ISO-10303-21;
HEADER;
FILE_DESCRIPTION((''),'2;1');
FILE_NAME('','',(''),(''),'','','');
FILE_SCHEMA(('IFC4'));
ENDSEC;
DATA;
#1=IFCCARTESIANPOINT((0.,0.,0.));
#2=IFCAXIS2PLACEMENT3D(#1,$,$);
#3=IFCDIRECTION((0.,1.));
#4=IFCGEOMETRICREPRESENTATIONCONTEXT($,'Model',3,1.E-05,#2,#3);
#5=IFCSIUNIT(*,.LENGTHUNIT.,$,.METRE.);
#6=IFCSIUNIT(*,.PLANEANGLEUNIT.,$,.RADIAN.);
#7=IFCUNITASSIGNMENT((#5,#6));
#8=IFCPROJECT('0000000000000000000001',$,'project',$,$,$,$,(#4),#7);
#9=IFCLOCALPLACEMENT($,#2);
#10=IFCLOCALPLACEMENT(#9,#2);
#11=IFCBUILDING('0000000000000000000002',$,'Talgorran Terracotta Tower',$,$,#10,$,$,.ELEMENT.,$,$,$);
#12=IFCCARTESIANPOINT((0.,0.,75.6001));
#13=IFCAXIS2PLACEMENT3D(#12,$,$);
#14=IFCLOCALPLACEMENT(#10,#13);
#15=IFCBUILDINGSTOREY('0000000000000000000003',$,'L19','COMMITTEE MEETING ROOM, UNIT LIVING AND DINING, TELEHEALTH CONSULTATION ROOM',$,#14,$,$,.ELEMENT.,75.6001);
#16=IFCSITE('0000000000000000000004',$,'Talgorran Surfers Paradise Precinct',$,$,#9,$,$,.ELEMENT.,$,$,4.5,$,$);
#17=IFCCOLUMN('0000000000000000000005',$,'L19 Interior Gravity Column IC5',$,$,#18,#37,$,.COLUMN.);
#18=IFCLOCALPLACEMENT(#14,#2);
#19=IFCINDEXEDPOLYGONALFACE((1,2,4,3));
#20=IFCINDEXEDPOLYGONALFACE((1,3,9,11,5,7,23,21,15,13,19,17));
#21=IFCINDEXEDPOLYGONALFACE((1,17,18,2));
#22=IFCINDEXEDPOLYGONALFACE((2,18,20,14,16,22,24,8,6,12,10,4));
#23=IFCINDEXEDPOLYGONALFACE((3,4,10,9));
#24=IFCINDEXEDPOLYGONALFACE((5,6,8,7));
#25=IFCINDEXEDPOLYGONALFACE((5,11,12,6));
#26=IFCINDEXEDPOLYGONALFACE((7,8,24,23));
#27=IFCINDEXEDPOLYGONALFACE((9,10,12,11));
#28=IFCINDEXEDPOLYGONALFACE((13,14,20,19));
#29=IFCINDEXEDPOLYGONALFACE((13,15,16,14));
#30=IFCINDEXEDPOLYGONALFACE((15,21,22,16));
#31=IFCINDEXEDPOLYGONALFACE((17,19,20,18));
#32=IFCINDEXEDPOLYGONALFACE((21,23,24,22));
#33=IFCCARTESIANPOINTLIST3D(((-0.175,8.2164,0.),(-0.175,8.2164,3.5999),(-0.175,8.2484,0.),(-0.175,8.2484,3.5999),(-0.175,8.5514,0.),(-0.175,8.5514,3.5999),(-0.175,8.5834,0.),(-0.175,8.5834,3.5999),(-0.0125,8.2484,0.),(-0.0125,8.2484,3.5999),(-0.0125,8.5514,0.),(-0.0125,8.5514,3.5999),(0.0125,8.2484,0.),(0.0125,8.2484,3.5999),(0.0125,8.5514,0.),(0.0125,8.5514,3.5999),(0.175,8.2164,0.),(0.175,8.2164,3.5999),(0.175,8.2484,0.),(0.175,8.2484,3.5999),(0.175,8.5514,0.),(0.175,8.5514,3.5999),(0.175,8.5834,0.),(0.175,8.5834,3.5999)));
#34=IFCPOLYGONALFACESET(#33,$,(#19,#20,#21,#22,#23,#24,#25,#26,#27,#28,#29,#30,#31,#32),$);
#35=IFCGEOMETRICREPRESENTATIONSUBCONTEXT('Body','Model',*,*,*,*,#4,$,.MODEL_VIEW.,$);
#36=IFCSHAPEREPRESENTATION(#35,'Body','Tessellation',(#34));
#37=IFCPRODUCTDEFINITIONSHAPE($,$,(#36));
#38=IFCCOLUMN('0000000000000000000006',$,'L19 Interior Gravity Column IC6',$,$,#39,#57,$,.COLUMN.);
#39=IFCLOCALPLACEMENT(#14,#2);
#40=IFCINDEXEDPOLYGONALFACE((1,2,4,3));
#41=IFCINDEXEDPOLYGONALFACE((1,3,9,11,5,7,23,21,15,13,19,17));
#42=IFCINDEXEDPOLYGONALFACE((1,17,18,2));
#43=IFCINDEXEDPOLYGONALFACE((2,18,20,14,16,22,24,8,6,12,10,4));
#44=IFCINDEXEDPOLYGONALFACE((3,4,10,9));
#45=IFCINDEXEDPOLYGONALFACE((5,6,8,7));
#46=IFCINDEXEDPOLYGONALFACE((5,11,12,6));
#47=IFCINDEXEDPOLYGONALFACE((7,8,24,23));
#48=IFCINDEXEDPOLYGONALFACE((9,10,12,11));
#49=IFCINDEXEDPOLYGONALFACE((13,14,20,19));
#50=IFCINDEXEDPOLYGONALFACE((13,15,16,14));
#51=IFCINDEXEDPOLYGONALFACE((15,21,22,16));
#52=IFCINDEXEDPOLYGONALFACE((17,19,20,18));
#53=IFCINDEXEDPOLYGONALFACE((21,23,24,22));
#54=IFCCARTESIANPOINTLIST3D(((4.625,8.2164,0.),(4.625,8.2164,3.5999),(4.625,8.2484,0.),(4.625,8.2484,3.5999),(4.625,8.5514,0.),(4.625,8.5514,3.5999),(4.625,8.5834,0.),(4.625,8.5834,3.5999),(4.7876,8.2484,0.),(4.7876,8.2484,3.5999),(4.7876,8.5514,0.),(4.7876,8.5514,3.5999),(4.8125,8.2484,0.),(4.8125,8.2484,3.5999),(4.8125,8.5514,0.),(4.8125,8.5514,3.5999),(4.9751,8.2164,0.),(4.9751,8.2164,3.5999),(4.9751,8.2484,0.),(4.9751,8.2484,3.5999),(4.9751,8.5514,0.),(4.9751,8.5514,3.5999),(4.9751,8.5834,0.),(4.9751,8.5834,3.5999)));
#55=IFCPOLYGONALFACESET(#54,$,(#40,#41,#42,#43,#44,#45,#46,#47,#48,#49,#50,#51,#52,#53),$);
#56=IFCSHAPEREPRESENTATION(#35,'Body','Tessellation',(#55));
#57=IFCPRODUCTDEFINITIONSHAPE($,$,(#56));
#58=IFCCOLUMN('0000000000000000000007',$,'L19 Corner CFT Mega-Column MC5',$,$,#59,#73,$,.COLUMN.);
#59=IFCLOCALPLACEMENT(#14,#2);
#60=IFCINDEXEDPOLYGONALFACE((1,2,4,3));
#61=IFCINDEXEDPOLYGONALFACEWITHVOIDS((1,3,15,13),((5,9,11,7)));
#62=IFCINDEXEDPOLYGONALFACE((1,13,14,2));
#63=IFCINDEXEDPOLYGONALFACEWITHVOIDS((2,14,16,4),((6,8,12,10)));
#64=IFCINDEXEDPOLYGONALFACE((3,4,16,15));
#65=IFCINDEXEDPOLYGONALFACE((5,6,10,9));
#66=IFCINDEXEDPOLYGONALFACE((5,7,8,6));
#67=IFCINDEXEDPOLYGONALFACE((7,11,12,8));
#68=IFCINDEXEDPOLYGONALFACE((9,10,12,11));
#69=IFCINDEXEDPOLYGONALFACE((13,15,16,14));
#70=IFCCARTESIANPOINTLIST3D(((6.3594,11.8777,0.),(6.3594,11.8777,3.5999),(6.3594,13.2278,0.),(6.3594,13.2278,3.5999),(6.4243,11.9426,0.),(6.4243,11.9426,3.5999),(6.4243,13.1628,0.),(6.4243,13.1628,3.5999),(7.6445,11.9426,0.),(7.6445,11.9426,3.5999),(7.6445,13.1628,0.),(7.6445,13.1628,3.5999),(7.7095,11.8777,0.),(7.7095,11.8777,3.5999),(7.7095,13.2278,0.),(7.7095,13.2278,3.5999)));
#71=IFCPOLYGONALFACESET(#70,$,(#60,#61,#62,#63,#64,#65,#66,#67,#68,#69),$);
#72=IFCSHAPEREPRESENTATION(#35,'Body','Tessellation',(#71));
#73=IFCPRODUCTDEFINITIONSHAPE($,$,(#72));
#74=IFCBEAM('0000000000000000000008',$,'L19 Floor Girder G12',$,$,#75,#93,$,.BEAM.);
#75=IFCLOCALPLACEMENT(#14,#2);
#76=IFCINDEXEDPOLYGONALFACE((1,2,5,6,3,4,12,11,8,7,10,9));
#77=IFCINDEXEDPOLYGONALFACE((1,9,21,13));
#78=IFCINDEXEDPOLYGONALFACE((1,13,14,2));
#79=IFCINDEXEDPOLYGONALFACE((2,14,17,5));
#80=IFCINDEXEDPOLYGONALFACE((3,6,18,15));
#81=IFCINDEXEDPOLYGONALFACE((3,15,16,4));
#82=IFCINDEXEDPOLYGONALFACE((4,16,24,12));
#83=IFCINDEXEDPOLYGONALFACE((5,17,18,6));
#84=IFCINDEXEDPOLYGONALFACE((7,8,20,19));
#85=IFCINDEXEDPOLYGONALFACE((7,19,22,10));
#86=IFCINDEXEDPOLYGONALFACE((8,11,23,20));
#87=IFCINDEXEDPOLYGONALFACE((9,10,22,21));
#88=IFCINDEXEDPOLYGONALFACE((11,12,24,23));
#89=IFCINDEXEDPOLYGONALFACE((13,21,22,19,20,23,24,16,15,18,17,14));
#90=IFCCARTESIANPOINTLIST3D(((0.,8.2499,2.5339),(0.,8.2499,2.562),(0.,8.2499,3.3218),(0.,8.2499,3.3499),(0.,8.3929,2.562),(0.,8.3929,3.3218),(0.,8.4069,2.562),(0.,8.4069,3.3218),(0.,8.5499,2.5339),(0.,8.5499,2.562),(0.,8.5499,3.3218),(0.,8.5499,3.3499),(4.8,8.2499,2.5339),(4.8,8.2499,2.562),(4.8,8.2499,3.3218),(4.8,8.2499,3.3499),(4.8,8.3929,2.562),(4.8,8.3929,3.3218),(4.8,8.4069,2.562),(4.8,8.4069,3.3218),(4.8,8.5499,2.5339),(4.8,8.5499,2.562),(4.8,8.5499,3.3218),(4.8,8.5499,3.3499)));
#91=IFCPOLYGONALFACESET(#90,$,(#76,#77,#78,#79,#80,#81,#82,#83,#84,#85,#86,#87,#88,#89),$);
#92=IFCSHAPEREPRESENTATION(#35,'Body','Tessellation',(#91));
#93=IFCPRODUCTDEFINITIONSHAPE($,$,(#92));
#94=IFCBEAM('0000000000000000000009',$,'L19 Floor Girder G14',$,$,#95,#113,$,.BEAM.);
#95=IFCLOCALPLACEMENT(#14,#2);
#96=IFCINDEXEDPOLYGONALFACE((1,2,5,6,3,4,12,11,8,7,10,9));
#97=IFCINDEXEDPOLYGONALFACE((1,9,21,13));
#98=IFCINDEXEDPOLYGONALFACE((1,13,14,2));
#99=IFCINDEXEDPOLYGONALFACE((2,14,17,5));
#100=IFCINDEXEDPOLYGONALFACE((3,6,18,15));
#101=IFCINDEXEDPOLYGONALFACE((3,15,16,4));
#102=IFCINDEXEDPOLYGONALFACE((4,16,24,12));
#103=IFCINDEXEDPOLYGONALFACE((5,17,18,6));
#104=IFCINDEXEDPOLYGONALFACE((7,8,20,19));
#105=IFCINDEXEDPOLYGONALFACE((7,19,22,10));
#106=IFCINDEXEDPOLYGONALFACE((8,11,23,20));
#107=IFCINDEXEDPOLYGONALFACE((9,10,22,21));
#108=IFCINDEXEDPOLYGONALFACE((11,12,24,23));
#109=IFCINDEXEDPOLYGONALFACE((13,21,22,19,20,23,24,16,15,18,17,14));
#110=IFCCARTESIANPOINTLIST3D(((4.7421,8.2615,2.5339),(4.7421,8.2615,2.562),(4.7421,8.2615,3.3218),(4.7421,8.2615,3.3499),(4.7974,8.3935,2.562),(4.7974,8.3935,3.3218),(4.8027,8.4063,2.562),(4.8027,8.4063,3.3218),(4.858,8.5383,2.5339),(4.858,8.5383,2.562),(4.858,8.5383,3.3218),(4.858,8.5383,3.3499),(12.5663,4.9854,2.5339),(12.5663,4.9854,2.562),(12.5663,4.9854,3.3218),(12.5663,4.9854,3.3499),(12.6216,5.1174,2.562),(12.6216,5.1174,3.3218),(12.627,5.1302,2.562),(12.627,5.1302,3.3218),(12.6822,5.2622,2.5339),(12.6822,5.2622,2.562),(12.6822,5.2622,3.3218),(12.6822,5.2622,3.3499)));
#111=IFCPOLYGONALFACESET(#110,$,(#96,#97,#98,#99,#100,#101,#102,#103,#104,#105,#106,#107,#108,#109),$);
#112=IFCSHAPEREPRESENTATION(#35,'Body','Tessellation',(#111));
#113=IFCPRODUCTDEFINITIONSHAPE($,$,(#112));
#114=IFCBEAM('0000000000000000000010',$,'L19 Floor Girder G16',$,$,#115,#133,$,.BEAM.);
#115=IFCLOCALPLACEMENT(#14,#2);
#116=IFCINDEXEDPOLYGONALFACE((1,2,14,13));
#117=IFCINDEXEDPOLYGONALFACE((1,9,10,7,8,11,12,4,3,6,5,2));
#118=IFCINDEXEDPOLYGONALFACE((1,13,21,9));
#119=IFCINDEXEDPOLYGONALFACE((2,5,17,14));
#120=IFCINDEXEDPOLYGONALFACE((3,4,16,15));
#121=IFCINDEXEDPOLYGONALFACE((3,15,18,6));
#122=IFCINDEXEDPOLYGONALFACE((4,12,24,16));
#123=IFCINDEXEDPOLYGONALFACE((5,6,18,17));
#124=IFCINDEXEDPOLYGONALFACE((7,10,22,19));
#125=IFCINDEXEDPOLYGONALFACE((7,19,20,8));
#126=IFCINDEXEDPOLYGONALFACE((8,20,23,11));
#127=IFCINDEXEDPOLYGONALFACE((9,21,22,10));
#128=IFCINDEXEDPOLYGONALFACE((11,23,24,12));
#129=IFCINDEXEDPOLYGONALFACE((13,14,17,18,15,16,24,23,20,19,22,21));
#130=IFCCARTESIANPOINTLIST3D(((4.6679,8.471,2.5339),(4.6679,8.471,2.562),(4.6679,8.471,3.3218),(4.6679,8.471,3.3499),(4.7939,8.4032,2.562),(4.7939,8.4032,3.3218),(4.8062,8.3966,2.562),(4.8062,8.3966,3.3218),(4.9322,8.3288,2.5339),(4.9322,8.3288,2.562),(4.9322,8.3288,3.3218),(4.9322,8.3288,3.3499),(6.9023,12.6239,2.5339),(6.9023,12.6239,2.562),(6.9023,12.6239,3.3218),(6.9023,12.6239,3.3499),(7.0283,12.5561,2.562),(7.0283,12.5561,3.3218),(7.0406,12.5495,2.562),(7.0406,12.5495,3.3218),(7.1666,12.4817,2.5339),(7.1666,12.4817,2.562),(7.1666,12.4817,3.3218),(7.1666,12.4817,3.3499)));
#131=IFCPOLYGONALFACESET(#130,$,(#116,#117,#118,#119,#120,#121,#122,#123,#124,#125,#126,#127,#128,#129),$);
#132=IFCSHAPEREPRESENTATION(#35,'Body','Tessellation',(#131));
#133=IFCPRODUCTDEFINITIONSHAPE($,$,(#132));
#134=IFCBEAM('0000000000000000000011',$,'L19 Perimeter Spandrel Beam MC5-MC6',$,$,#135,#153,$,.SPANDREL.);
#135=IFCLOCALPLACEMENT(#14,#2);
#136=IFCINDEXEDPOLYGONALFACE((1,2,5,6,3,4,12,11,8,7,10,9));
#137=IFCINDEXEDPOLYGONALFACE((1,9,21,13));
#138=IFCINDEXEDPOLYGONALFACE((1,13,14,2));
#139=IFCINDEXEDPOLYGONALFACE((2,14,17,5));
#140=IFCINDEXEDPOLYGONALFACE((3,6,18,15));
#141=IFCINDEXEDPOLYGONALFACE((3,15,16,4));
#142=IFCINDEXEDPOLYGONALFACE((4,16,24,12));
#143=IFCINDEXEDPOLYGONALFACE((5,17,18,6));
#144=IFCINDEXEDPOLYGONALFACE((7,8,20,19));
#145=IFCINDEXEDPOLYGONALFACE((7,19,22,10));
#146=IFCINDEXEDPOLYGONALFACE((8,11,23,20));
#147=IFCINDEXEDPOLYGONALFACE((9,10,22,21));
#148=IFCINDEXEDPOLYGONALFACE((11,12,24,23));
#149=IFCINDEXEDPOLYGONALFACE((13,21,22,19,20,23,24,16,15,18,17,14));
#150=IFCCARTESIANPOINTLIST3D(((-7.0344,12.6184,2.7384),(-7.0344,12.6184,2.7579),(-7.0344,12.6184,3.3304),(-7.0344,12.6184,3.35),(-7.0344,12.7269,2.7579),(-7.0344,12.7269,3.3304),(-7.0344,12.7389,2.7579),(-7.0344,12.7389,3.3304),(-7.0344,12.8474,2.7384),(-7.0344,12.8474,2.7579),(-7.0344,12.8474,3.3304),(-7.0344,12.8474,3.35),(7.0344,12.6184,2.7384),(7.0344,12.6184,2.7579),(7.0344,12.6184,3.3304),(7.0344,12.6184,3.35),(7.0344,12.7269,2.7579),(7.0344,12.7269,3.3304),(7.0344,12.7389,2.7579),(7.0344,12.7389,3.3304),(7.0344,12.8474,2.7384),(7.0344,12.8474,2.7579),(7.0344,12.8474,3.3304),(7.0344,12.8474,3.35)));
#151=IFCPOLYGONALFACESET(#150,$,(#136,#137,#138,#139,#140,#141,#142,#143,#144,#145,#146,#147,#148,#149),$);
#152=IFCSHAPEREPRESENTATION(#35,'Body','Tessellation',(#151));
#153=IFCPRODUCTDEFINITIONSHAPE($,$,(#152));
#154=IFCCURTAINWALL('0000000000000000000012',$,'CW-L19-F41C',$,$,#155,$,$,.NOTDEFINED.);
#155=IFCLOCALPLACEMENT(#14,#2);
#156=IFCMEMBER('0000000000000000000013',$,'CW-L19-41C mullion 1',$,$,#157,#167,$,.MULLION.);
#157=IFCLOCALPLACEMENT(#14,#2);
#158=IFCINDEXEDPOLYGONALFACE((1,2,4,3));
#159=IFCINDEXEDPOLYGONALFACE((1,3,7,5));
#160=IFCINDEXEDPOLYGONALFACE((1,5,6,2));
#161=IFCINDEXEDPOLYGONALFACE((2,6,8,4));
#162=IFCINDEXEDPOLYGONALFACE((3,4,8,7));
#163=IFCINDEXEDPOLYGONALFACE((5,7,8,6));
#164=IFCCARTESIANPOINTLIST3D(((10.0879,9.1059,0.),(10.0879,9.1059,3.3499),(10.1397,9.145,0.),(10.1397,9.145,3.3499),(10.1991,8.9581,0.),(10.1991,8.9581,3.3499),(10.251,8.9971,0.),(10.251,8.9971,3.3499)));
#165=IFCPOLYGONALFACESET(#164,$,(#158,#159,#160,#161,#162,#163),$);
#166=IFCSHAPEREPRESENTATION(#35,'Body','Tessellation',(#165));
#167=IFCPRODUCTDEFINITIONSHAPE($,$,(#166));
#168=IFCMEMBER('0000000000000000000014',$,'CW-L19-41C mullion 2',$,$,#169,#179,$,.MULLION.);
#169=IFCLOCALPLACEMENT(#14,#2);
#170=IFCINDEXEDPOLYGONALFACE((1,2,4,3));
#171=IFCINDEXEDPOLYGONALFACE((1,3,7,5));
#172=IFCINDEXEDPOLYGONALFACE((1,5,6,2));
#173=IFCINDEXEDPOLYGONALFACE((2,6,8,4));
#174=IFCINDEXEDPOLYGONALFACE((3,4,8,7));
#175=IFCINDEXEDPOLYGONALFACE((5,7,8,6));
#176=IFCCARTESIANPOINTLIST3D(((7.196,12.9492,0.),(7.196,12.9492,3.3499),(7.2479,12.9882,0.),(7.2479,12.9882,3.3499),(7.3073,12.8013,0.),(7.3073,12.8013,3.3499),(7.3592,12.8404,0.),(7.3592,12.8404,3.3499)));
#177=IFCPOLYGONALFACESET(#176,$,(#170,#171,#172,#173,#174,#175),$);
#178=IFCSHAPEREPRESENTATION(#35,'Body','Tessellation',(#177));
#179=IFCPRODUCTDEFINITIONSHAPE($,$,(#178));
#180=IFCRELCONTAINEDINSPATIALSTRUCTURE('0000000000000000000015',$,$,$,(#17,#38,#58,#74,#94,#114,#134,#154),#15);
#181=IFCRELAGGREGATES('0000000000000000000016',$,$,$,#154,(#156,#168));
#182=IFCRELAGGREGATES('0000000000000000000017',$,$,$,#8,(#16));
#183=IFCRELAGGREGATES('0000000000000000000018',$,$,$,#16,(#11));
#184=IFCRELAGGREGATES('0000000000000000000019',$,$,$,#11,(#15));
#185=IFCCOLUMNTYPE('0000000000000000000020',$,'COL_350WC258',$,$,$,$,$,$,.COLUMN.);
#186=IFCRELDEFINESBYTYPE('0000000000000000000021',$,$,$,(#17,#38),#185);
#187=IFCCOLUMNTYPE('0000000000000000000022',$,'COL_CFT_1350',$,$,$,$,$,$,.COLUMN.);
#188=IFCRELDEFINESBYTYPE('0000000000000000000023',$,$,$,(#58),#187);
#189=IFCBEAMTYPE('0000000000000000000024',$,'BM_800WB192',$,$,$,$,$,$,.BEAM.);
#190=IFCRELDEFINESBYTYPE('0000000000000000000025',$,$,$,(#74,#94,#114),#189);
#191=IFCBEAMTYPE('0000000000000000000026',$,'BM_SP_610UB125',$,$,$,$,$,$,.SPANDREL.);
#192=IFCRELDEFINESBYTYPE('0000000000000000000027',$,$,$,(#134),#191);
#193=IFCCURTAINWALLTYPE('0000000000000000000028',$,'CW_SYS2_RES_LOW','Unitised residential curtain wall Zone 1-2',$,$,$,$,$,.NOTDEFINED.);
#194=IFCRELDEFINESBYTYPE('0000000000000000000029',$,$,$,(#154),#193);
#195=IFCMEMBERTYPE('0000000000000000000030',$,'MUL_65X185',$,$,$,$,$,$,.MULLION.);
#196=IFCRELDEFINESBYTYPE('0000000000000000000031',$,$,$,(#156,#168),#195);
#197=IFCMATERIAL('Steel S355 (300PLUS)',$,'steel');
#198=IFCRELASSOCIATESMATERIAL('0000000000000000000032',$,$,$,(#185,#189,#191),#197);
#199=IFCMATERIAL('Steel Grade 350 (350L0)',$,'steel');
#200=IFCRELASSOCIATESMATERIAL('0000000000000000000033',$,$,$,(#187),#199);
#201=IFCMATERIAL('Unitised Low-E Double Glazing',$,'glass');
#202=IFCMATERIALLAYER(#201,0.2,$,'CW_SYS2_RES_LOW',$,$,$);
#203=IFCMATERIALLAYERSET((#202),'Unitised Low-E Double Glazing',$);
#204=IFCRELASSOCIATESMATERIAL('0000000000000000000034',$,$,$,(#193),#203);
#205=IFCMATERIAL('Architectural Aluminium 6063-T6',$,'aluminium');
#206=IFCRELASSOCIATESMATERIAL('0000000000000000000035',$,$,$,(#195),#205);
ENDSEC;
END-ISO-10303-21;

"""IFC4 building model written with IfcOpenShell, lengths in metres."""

from ifc_helpers import new_model, si_unit, direction, frame, origin, origin_2d, place, context, subcontext, project, spatial, rectangle, hollow_rectangle, i_section, extrude, material, layer, layer_set, material_profile, profile_set, type_object, element, aggregate, save


model = new_model("IFC4")

# Units and contexts
model_context = context("Model", 3, precision=1e-05, world=origin(), true_north=direction((0.0, 1.0)))
body_context = subcontext(model_context, "Body", "Model", "MODEL_VIEW")
ifc_project = project(units=[si_unit("LENGTHUNIT", "METRE"), si_unit("PLANEANGLEUNIT", "RADIAN")], contexts=[model_context])

# Site, building, storey
site_placement = place(None, origin())
site = spatial("IfcSite", under=ifc_project, at=site_placement, Name="Talgorran Surfers Paradise Precinct", CompositionType="ELEMENT", RefElevation=4.5)
building_placement = place(site_placement, origin())
building = spatial("IfcBuilding", under=site, at=building_placement, Name="Talgorran Terracotta Tower", CompositionType="ELEMENT")
storey_placement = place(building_placement, frame((0.0, 0.0, 75.6001)))
storey = spatial("IfcBuildingStorey", under=building, at=storey_placement, Name="L19", Description="COMMITTEE MEETING ROOM, UNIT LIVING AND DINING, TELEHEALTH CONSULTATION ROOM", CompositionType="ELEMENT", Elevation=75.6001)

# Columns
ifc_material_1 = material(Name="Steel S355 (300PLUS)", Category="steel")
ifc_material_profile_1 = material_profile(ifc_material_1, i_section(OverallWidth=0.3501, OverallDepth=0.3669, WebThickness=0.0249, FlangeThickness=0.032, at=origin_2d()), Name="350WC258")
ifc_profile_set_1 = profile_set([ifc_material_profile_1], Name="Steel S355 (300PLUS)")
column_type_1 = type_object("IfcColumnType", Name="COL_350WC258", PredefinedType="COLUMN", material=ifc_profile_set_1)
for number, where, z_axis, x_axis, name in (
    (1, (0.0, 8.3999, 0.0), (0.0, 0.0, 1.0), (1.0, 0.0, 0.0), "L19 Interior Gravity Column IC5"),
    (2, (4.8, 8.3999, 0.0), (0.0, 0.0, 1.0), (1.0, 0.0, 0.0), "L19 Interior Gravity Column IC6"),
):
    element("IfcColumn", number, at=place(storey_placement, frame(where, z_axis=z_axis, x_axis=x_axis)), inside=storey, type_object=column_type_1, Name=name, PredefinedType="COLUMN", context=body_context, shape_type="SweptSolid", body=[
        extrude(i_section(OverallWidth=0.3501, OverallDepth=0.3669, WebThickness=0.0249, FlangeThickness=0.032, at=origin_2d()), origin(), (0.0, 0.0, 1.0), 3.5999),
    ])
ifc_material_2 = material(Name="Steel Grade 350 (350L0)", Category="steel")
ifc_material_profile_2 = material_profile(ifc_material_2, hollow_rectangle(XDim=1.3501, YDim=1.3501, WallThickness=0.0649, at=origin_2d()), Name="CFT1350X1350X65")
ifc_profile_set_2 = profile_set([ifc_material_profile_2], Name="Steel Grade 350 (350L0)")
column_type_2 = type_object("IfcColumnType", Name="COL_CFT_1350", PredefinedType="COLUMN", material=ifc_profile_set_2)
column_placement = place(storey_placement, frame((7.0344, 12.5527, 0.0), z_axis=(0.0, 0.0, 1.0), x_axis=(1.0, 0.0, 0.0)))
element("IfcColumn", 3, at=column_placement, inside=storey, type_object=column_type_2, Name="L19 Corner CFT Mega-Column MC5", PredefinedType="COLUMN", context=body_context, shape_type="SweptSolid", body=[
    extrude(hollow_rectangle(XDim=1.3501, YDim=1.3501, WallThickness=0.0649, at=origin_2d()), origin(), (0.0, 0.0, 1.0), 3.5999),
])

# Beams
ifc_material_profile_3 = material_profile(ifc_material_1, i_section(OverallWidth=0.3, OverallDepth=0.8159, WebThickness=0.0139, FlangeThickness=0.0281, at=origin_2d()), Name="800WB192")
ifc_profile_set_3 = profile_set([ifc_material_profile_3], Name="Steel S355 (300PLUS)")
beam_type_1 = type_object("IfcBeamType", Name="BM_800WB192", PredefinedType="BEAM", material=ifc_profile_set_3)
beam_1_placement = place(storey_placement, frame((0.0, 8.3999, 2.9419), z_axis=(1.0, 0.0, 0.0), x_axis=(0.0, 1.0, 0.0)))
element("IfcBeam", 4, at=beam_1_placement, inside=storey, type_object=beam_type_1, Name="L19 Floor Girder G12", PredefinedType="BEAM", context=body_context, shape_type="SweptSolid", body=[
    extrude(i_section(OverallWidth=0.3, OverallDepth=0.8159, WebThickness=0.0139, FlangeThickness=0.0281, at=origin_2d()), origin(), (0.0, 0.0, 1.0), 4.8),
])
beam_2_placement = place(storey_placement, frame((4.8, 8.3999, 2.9419), z_axis=(0.922405, -0.386225, 0.0), x_axis=(0.386225, 0.922405, 0.0)))
element("IfcBeam", 5, at=beam_2_placement, inside=storey, type_object=beam_type_1, Name="L19 Floor Girder G14", PredefinedType="BEAM", context=body_context, shape_type="SweptSolid", body=[
    extrude(i_section(OverallWidth=0.3, OverallDepth=0.8159, WebThickness=0.0139, FlangeThickness=0.0281, at=origin_2d()), origin(), (0.0, 0.0, 1.0), 8.4824),
])
beam_3_placement = place(storey_placement, frame((4.8, 8.3999, 2.9419), z_axis=(0.47381, 0.880627, 0.0), x_axis=(-0.880627, 0.47381, 0.0)))
element("IfcBeam", 6, at=beam_3_placement, inside=storey, type_object=beam_type_1, Name="L19 Floor Girder G16", PredefinedType="BEAM", context=body_context, shape_type="SweptSolid", body=[
    extrude(i_section(OverallWidth=0.3, OverallDepth=0.8159, WebThickness=0.0139, FlangeThickness=0.0281, at=origin_2d()), origin(), (0.0, 0.0, 1.0), 4.7158),
])
ifc_material_profile_4 = material_profile(ifc_material_1, i_section(OverallWidth=0.229, OverallDepth=0.6116, WebThickness=0.012, FlangeThickness=0.0195, at=origin_2d()), Name="610UB125")
ifc_profile_set_4 = profile_set([ifc_material_profile_4], Name="Steel S355 (300PLUS)")
beam_type_2 = type_object("IfcBeamType", Name="BM_SP_610UB125", PredefinedType="SPANDREL", material=ifc_profile_set_4)
beam_4_placement = place(storey_placement, frame((7.0344, 12.7329, 3.0442), z_axis=(-1.0, 0.0, 0.0), x_axis=(0.0, -1.0, 0.0)))
element("IfcBeam", 7, at=beam_4_placement, inside=storey, type_object=beam_type_2, Name="L19 Perimeter Spandrel Beam MC5-MC6", PredefinedType="SPANDREL", context=body_context, shape_type="SweptSolid", body=[
    extrude(i_section(OverallWidth=0.229, OverallDepth=0.6116, WebThickness=0.012, FlangeThickness=0.0195, at=origin_2d()), origin(), (0.0, 0.0, 1.0), 14.0688),
])

# Curtain wall, members
ifc_material_3 = material(Name="Unitised Low-E Double Glazing", Category="glass")
ifc_layer_1 = layer(ifc_material_3, 0.2, Name="CW_SYS2_RES_LOW")
ifc_layer_set_1 = layer_set([ifc_layer_1], Name="Unitised Low-E Double Glazing")
curtain_wall_type = type_object("IfcCurtainWallType", Name="CW_SYS2_RES_LOW", Description="Unitised residential curtain wall Zone 1-2", PredefinedType="NOTDEFINED", material=ifc_layer_set_1)
curtain_wall_1_placement = place(storey_placement, origin())
curtain_wall_1 = element("IfcCurtainWall", 8, at=curtain_wall_1_placement, inside=storey, type_object=curtain_wall_type, Name="CW-L19-F41C", PredefinedType="NOTDEFINED")
ifc_material_4 = material(Name="Architectural Aluminium 6063-T6", Category="aluminium")
ifc_material_profile_5 = material_profile(ifc_material_4, rectangle(XDim=0.0649, YDim=0.1851, at=origin_2d()), Name="CWM65X185")
ifc_profile_set_5 = profile_set([ifc_material_profile_5], Name="Architectural Aluminium 6063-T6")
member_type_1 = type_object("IfcMemberType", Name="MUL_65X185", PredefinedType="MULLION", material=ifc_profile_set_5)
member_1_placement = place(storey_placement, frame((10.1694, 9.0515, 0.0), z_axis=(0.0, 0.0, 1.0), x_axis=(-0.799064, -0.601247, 0.0)))
member_1 = element("IfcMember", 9, at=member_1_placement, type_object=member_type_1, Name="CW-L19-41C mullion 1", PredefinedType="MULLION", context=body_context, shape_type="SweptSolid", body=[
    extrude(rectangle(XDim=0.0649, YDim=0.1851, at=origin_2d()), origin(), (0.0, 0.0, 1.0), 3.3499),
])
member_2_placement = place(storey_placement, frame((7.2776, 12.8948, 0.0), z_axis=(0.0, 0.0, 1.0), x_axis=(-0.799064, -0.601247, 0.0)))
member_2 = element("IfcMember", 10, at=member_2_placement, type_object=member_type_1, Name="CW-L19-41C mullion 2", PredefinedType="MULLION", context=body_context, shape_type="SweptSolid", body=[
    extrude(rectangle(XDim=0.0649, YDim=0.1851, at=origin_2d()), origin(), (0.0, 0.0, 1.0), 3.3499),
])

aggregate(curtain_wall_1, [member_1, member_2])

save(model, "model.ifc")
